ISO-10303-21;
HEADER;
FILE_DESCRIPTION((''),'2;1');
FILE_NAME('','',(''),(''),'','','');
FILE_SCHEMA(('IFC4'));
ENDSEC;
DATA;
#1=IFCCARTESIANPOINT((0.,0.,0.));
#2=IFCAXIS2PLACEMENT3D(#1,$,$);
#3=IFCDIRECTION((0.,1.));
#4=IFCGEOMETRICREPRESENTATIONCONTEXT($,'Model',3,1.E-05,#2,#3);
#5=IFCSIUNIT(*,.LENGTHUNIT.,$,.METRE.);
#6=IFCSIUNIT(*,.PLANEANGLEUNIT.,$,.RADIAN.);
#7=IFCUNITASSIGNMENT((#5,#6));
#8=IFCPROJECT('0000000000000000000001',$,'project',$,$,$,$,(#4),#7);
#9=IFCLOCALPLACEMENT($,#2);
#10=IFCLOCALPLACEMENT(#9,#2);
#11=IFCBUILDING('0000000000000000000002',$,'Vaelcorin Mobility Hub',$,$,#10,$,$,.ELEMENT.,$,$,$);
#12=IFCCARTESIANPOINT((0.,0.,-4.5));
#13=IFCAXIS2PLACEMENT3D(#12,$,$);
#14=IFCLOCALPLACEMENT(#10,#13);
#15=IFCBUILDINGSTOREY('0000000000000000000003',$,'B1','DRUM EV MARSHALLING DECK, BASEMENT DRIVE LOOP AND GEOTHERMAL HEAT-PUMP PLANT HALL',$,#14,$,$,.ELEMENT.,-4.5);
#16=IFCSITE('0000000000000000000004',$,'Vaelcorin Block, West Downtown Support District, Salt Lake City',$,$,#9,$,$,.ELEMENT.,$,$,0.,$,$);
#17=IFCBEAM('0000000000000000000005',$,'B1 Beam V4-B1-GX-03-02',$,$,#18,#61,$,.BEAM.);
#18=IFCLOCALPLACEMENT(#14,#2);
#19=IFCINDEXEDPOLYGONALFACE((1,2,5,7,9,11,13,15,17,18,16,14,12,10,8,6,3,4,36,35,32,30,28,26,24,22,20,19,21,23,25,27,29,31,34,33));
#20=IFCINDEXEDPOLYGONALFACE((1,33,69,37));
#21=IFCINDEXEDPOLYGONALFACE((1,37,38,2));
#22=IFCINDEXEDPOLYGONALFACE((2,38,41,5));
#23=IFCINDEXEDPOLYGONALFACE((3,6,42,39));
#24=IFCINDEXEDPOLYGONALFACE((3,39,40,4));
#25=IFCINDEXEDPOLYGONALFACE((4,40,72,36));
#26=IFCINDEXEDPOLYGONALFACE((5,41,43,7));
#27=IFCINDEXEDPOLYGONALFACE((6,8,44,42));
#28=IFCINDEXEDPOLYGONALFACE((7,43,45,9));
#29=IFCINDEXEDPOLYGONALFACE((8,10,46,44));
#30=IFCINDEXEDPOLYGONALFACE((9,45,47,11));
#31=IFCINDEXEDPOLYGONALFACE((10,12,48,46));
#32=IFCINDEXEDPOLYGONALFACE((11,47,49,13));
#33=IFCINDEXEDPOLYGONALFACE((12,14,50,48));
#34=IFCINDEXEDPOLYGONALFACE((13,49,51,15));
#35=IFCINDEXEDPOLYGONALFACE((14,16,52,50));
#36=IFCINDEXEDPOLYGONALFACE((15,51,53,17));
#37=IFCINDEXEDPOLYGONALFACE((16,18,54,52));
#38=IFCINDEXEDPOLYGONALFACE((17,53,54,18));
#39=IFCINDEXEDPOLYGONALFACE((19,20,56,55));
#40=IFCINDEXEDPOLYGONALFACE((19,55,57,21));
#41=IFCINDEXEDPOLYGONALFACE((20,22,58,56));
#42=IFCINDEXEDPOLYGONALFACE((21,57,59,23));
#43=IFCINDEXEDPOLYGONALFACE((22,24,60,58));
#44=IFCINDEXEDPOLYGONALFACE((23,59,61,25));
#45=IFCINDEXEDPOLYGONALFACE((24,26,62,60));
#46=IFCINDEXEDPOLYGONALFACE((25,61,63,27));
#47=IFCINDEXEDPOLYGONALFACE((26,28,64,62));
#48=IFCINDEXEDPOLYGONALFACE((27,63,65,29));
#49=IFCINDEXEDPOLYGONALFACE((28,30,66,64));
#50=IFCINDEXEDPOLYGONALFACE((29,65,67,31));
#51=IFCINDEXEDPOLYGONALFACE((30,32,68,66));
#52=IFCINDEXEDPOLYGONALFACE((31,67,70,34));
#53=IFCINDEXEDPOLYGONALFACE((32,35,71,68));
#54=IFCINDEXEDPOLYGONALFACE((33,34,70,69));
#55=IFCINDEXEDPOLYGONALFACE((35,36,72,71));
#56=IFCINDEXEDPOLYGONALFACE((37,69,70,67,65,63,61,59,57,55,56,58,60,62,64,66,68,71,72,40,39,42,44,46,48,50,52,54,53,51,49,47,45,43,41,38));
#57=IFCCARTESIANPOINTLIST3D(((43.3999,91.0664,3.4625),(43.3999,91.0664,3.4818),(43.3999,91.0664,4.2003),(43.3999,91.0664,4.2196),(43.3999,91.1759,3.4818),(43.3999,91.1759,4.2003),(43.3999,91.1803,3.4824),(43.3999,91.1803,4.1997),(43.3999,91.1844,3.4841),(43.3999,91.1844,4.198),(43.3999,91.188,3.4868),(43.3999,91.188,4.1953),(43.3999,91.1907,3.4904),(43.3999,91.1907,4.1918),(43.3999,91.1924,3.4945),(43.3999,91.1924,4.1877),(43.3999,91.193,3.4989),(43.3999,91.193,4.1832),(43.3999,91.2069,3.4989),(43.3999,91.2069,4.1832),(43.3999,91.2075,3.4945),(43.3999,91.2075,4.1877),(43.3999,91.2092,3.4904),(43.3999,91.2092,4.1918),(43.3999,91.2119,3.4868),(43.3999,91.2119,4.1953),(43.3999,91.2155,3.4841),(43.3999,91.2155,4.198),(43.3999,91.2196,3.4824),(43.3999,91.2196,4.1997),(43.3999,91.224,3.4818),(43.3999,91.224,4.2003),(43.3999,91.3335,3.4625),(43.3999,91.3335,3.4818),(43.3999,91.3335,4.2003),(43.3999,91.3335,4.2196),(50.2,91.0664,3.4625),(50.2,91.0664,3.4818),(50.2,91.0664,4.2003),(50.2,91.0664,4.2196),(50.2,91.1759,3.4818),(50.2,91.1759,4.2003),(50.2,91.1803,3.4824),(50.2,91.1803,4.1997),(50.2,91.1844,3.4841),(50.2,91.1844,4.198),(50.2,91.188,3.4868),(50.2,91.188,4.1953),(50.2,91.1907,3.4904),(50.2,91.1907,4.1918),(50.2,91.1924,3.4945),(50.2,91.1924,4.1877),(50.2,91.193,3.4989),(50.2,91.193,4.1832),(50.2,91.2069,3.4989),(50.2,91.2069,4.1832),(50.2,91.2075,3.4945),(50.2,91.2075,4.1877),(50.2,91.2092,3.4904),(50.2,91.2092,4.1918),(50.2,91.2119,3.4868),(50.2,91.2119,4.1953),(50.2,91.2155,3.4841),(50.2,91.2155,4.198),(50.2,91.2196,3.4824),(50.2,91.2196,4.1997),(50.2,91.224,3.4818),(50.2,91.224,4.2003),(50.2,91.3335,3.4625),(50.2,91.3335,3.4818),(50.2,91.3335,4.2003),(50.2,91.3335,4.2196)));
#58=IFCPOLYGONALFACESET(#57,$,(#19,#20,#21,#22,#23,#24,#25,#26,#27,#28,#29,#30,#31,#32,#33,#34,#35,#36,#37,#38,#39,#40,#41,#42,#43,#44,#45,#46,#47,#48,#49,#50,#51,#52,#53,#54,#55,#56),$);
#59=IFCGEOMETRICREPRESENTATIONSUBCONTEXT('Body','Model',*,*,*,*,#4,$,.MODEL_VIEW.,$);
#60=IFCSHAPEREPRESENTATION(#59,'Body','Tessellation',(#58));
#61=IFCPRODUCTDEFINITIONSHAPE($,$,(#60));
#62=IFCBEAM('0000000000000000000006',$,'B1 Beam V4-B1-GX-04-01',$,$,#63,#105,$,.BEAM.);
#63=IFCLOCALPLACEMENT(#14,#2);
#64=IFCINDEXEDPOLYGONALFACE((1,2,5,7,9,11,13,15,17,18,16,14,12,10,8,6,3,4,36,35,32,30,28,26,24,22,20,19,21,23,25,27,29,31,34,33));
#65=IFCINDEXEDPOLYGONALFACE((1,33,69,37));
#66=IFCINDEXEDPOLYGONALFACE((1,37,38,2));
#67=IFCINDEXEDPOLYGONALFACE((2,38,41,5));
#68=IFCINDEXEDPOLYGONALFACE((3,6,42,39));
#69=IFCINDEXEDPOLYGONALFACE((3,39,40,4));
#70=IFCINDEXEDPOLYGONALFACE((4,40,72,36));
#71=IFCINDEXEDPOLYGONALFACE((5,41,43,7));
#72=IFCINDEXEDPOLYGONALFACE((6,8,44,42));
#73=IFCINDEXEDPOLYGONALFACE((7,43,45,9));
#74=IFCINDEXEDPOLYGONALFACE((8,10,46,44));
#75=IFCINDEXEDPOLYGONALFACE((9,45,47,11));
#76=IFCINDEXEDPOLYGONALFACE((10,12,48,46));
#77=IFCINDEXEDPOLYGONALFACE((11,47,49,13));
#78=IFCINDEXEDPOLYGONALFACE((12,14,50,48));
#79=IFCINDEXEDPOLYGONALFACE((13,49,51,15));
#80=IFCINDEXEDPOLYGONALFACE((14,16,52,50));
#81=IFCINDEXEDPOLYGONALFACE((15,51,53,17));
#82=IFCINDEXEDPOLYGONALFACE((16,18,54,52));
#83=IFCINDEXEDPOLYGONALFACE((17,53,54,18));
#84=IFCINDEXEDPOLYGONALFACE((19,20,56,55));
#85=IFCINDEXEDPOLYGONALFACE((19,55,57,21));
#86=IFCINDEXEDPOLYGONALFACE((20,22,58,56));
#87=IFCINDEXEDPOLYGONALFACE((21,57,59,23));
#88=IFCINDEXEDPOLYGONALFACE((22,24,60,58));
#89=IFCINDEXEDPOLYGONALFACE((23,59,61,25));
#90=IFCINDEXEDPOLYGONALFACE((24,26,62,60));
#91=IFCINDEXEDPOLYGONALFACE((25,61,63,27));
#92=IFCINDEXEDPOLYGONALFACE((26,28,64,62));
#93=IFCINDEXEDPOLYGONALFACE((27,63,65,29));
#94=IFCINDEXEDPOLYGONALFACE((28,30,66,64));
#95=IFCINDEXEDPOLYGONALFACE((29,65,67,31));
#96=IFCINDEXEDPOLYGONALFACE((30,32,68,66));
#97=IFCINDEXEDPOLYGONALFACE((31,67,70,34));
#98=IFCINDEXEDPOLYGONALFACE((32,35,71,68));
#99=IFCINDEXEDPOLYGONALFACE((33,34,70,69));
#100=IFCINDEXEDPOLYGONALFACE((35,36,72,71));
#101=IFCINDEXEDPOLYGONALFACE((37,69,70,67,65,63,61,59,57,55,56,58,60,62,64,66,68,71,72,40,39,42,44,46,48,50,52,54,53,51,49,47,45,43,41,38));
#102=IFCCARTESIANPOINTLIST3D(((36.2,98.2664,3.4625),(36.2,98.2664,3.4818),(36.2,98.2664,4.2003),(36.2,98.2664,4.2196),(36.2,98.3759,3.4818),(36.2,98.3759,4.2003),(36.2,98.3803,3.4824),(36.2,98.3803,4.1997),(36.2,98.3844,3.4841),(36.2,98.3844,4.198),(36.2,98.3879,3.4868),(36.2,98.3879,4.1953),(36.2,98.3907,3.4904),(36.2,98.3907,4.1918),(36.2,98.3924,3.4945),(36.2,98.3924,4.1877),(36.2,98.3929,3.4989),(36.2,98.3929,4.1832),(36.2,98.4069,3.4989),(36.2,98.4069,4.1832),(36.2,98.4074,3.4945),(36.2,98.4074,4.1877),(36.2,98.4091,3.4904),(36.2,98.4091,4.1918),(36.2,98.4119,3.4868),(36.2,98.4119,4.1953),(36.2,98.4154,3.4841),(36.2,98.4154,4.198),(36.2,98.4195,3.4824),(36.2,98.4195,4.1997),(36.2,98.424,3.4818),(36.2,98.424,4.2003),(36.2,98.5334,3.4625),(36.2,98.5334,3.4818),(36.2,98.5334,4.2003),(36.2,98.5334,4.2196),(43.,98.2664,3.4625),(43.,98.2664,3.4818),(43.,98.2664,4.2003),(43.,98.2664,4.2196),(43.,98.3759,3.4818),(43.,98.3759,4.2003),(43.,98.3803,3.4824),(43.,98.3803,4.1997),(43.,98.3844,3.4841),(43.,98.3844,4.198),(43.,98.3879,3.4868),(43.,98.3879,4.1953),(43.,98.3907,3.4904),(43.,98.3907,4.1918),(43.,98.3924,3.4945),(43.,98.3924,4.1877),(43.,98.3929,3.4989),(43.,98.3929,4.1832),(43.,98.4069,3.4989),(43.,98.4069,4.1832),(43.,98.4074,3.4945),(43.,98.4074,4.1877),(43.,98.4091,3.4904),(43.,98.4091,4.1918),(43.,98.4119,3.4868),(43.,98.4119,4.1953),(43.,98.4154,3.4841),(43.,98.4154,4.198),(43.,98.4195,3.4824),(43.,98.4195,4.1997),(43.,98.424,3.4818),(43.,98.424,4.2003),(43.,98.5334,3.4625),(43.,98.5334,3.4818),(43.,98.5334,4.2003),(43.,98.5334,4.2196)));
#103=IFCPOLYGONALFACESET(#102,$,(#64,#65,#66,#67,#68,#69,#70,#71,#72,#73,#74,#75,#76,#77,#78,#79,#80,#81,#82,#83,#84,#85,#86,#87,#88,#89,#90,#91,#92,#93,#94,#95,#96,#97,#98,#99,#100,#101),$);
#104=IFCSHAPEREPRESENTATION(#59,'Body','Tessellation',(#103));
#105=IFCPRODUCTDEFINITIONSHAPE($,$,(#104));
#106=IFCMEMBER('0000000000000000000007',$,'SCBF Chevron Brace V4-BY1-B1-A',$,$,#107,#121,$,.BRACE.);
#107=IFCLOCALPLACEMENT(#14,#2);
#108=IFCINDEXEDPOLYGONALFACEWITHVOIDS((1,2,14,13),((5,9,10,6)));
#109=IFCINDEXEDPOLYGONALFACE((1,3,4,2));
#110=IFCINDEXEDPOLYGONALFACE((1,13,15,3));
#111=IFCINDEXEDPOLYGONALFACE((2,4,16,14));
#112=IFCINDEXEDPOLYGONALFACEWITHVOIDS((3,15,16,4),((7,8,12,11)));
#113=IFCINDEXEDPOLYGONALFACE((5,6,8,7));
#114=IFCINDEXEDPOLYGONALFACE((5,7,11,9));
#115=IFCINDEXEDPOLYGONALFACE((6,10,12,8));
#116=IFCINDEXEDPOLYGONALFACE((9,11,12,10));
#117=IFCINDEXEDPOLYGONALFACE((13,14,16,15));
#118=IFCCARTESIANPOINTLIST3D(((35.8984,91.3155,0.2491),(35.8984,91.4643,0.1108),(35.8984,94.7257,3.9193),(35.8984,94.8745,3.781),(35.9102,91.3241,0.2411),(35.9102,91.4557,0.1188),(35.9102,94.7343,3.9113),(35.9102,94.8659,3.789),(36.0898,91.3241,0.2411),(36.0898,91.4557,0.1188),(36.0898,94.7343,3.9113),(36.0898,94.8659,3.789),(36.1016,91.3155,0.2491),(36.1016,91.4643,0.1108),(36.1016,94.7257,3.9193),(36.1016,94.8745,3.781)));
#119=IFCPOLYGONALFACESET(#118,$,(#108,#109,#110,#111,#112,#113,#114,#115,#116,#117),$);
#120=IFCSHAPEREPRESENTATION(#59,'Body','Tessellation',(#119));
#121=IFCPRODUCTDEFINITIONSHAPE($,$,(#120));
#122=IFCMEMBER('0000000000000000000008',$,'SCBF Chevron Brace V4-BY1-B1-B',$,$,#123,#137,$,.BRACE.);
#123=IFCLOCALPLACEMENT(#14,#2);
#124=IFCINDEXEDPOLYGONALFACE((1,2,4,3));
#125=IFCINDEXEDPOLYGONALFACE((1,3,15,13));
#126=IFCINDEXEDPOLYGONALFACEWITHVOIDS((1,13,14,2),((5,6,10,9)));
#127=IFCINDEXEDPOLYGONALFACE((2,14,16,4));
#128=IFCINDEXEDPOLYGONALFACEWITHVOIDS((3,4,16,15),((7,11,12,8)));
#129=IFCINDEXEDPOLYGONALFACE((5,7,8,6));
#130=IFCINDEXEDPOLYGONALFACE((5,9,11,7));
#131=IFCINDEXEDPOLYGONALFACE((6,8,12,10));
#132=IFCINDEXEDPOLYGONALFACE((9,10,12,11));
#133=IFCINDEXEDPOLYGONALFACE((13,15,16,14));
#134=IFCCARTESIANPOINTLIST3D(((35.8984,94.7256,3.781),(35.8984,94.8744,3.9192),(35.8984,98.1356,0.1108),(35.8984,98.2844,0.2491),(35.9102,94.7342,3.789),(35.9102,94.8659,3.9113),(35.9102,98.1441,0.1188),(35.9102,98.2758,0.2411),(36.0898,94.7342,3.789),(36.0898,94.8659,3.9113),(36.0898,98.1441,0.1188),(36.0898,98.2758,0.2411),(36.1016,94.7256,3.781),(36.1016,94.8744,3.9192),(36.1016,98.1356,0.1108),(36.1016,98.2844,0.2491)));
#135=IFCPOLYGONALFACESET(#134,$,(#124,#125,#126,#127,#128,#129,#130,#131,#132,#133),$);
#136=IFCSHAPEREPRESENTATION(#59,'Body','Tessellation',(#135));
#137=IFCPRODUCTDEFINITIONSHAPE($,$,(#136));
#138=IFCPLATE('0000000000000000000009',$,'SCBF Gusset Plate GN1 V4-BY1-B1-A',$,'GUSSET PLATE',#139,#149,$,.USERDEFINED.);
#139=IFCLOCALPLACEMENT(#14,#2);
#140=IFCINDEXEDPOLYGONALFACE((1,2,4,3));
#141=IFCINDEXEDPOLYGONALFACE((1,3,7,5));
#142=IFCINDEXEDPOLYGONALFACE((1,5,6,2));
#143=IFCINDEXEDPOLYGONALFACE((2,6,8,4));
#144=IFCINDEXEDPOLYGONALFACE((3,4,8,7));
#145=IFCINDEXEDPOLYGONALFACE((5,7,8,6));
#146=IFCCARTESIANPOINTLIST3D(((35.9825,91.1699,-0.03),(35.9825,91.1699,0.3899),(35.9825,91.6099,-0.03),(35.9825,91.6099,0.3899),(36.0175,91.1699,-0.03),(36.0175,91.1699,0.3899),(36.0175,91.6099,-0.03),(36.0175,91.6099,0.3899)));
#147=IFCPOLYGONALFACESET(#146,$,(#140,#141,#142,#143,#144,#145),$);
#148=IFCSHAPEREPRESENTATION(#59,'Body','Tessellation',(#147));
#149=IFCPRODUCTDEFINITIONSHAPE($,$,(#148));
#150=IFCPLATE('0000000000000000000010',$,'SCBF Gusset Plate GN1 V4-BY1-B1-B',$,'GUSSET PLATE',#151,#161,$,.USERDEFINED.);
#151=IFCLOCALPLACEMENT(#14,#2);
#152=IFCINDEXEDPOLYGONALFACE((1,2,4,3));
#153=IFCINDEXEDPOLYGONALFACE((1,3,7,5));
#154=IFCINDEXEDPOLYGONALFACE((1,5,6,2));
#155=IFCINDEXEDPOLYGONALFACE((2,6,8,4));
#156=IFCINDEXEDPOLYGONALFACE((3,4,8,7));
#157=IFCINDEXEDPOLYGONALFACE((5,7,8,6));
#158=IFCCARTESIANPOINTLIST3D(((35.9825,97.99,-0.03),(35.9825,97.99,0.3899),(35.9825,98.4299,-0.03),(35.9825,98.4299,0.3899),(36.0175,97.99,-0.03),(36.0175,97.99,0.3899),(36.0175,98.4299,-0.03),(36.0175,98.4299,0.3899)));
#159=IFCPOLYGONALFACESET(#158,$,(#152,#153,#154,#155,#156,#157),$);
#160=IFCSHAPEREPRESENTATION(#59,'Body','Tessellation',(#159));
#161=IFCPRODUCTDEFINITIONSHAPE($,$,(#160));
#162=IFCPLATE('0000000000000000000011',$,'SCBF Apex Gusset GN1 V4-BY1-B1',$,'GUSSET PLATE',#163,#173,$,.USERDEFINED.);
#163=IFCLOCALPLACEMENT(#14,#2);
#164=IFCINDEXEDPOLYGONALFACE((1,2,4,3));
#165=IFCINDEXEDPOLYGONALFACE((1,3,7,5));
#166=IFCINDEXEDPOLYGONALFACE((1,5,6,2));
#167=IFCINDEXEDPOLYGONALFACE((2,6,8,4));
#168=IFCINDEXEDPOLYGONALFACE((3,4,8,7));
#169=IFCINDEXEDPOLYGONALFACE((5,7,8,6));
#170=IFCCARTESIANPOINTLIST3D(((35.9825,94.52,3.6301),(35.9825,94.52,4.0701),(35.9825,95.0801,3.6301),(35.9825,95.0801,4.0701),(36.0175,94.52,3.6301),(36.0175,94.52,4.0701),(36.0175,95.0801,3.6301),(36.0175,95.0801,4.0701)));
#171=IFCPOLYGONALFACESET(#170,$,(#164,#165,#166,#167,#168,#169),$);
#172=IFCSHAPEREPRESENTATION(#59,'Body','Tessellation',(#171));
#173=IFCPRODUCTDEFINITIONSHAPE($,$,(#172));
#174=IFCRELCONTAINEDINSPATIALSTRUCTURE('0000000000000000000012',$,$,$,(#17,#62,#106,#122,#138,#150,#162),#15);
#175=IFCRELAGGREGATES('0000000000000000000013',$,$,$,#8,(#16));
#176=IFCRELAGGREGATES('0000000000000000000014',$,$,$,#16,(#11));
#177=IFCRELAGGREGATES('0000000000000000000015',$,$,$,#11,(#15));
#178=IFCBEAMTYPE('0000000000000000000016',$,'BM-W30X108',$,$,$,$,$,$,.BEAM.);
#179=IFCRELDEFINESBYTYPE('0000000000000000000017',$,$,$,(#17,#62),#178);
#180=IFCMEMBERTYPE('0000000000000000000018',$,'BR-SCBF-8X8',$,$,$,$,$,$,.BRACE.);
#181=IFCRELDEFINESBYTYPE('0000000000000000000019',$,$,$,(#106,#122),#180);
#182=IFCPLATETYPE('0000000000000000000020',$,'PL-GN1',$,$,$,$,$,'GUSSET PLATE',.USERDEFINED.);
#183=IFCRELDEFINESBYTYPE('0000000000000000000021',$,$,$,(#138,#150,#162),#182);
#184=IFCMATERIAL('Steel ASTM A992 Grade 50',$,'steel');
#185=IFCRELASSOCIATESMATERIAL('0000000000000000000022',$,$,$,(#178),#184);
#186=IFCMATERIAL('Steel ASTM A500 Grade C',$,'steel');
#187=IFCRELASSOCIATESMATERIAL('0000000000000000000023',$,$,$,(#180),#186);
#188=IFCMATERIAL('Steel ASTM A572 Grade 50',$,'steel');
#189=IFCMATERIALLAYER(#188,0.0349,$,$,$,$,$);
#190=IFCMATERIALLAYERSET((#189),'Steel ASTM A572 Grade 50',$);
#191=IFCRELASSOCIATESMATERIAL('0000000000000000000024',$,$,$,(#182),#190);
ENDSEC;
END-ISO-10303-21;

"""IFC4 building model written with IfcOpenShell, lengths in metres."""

from ifc_helpers import new_model, si_unit, direction, frame, origin, origin_2d, place, context, subcontext, project, spatial, rectangle, hollow_rectangle, i_section, extrude, material, layer, layer_set, material_profile, profile_set, type_object, element, save


model = new_model("IFC4")

# Units and contexts
model_context = context("Model", 3, precision=1e-05, world=origin(), true_north=direction((0.0, 1.0)))
body_context = subcontext(model_context, "Body", "Model", "MODEL_VIEW")
ifc_project = project(units=[si_unit("LENGTHUNIT", "METRE"), si_unit("PLANEANGLEUNIT", "RADIAN")], contexts=[model_context])

# Site, building, storey
site_placement = place(None, origin())
site = spatial("IfcSite", under=ifc_project, at=site_placement, Name="Vaelcorin Block, West Downtown Support District, Salt Lake City", CompositionType="ELEMENT", RefElevation=0.0)
building_placement = place(site_placement, origin())
building = spatial("IfcBuilding", under=site, at=building_placement, Name="Vaelcorin Mobility Hub", CompositionType="ELEMENT")
storey_placement = place(building_placement, frame((0.0, 0.0, -4.5)))
storey = spatial("IfcBuildingStorey", under=building, at=storey_placement, Name="B1", Description="DRUM EV MARSHALLING DECK, BASEMENT DRIVE LOOP AND GEOTHERMAL HEAT-PUMP PLANT HALL", CompositionType="ELEMENT", Elevation=-4.5)

# Shared definitions
ifc_material_1 = material(Name="Steel ASTM A992 Grade 50", Category="steel")

# Beams
ifc_material_profile_1 = material_profile(ifc_material_1, i_section(OverallWidth=0.2671, OverallDepth=0.7571, WebThickness=0.0139, FlangeThickness=0.0193, FilletRadius=0.0171, at=origin_2d()), Name="W30X108")
ifc_profile_set_1 = profile_set([ifc_material_profile_1], Name="Steel ASTM A992 Grade 50")
beam_type_1 = type_object("IfcBeamType", Name="BM-W30X108", PredefinedType="BEAM", material=ifc_profile_set_1)
for number, where, z_axis, x_axis, name in (
    (1, (43.3999, 91.2, 3.8411), (1.0, 0.0, 0.0), (0.0, 1.0, 0.0), "B1 Beam V4-B1-GX-03-02"),
    (2, (36.2, 98.3999, 3.8411), (1.0, 0.0, 0.0), (0.0, 1.0, 0.0), "B1 Beam V4-B1-GX-04-01"),
):
    element("IfcBeam", number, at=place(storey_placement, frame(where, z_axis=z_axis, x_axis=x_axis)), inside=storey, type_object=beam_type_1, Name=name, PredefinedType="BEAM", context=body_context, shape_type="SweptSolid", body=[
        extrude(i_section(OverallWidth=0.2671, OverallDepth=0.7571, WebThickness=0.0139, FlangeThickness=0.0193, FilletRadius=0.0171, at=origin_2d()), origin(), (0.0, 0.0, 1.0), 6.8),
    ])

# Members
ifc_material_2 = material(Name="Steel ASTM A500 Grade C", Category="steel")
ifc_material_profile_2 = material_profile(ifc_material_2, hollow_rectangle(XDim=0.2031, YDim=0.2031, WallThickness=0.0117, at=origin_2d()), Name="HSS8X8X0.500")
ifc_profile_set_2 = profile_set([ifc_material_profile_2], Name="Steel ASTM A500 Grade C")
member_type = type_object("IfcMemberType", Name="BR-SCBF-8X8", PredefinedType="BRACE", material=ifc_profile_set_2)
member_1_placement = place(storey_placement, frame((36.0, 91.3899, 0.1799), z_axis=(0.0, 0.680681, 0.73258), x_axis=(-1.0, 0.0, 0.0)))
element("IfcMember", 3, at=member_1_placement, inside=storey, type_object=member_type, Name="SCBF Chevron Brace V4-BY1-B1-A", PredefinedType="BRACE", context=body_context, shape_type="SweptSolid", body=[
    extrude(hollow_rectangle(XDim=0.2031, YDim=0.2031, WallThickness=0.0117, at=origin_2d()), origin(), (0.0, 0.0, 1.0), 5.01),
])
member_2_placement = place(storey_placement, frame((36.0, 98.21, 0.1799), z_axis=(0.0, -0.680655, 0.732604), x_axis=(1.0, 0.0, 0.0)))
element("IfcMember", 4, at=member_2_placement, inside=storey, type_object=member_type, Name="SCBF Chevron Brace V4-BY1-B1-B", PredefinedType="BRACE", context=body_context, shape_type="SweptSolid", body=[
    extrude(hollow_rectangle(XDim=0.2031, YDim=0.2031, WallThickness=0.0117, at=origin_2d()), origin(), (0.0, 0.0, 1.0), 5.0098),
])

# Plates
ifc_material_3 = material(Name="Steel ASTM A572 Grade 50", Category="steel")
ifc_layer_1 = layer(ifc_material_3, 0.0349)
ifc_layer_set_1 = layer_set([ifc_layer_1], Name="Steel ASTM A572 Grade 50")
plate_type = type_object("IfcPlateType", Name="PL-GN1", ElementType="GUSSET PLATE", PredefinedType="USERDEFINED", material=ifc_layer_set_1)
for number, where, z_axis, x_axis, name in (
    (5, (36.0, 91.3899, -0.03), (0.0, 0.0, 1.0), (0.0, 1.0, 0.0), "SCBF Gusset Plate GN1 V4-BY1-B1-A"),
    (6, (36.0, 98.21, -0.03), (0.0, 0.0, 1.0), (0.0, 1.0, 0.0), "SCBF Gusset Plate GN1 V4-BY1-B1-B"),
):
    element("IfcPlate", number, at=place(storey_placement, frame(where, z_axis=z_axis, x_axis=x_axis)), inside=storey, type_object=plate_type, Name=name, ObjectType="GUSSET PLATE", PredefinedType="USERDEFINED", context=body_context, shape_type="SweptSolid", body=[
        extrude(rectangle(XDim=0.4399, YDim=0.0349, at=origin_2d()), origin(), (0.0, 0.0, 1.0), 0.4199),
    ])
plate_placement = place(storey_placement, frame((36.0, 94.8, 3.6301), z_axis=(0.0, 0.0, 1.0), x_axis=(0.0, 1.0, 0.0)))
element("IfcPlate", 7, at=plate_placement, inside=storey, type_object=plate_type, Name="SCBF Apex Gusset GN1 V4-BY1-B1", ObjectType="GUSSET PLATE", PredefinedType="USERDEFINED", context=body_context, shape_type="SweptSolid", body=[
    extrude(rectangle(XDim=0.5601, YDim=0.0349, at=origin_2d()), origin(), (0.0, 0.0, 1.0), 0.4399),
])

save(model, "model.ifc")
